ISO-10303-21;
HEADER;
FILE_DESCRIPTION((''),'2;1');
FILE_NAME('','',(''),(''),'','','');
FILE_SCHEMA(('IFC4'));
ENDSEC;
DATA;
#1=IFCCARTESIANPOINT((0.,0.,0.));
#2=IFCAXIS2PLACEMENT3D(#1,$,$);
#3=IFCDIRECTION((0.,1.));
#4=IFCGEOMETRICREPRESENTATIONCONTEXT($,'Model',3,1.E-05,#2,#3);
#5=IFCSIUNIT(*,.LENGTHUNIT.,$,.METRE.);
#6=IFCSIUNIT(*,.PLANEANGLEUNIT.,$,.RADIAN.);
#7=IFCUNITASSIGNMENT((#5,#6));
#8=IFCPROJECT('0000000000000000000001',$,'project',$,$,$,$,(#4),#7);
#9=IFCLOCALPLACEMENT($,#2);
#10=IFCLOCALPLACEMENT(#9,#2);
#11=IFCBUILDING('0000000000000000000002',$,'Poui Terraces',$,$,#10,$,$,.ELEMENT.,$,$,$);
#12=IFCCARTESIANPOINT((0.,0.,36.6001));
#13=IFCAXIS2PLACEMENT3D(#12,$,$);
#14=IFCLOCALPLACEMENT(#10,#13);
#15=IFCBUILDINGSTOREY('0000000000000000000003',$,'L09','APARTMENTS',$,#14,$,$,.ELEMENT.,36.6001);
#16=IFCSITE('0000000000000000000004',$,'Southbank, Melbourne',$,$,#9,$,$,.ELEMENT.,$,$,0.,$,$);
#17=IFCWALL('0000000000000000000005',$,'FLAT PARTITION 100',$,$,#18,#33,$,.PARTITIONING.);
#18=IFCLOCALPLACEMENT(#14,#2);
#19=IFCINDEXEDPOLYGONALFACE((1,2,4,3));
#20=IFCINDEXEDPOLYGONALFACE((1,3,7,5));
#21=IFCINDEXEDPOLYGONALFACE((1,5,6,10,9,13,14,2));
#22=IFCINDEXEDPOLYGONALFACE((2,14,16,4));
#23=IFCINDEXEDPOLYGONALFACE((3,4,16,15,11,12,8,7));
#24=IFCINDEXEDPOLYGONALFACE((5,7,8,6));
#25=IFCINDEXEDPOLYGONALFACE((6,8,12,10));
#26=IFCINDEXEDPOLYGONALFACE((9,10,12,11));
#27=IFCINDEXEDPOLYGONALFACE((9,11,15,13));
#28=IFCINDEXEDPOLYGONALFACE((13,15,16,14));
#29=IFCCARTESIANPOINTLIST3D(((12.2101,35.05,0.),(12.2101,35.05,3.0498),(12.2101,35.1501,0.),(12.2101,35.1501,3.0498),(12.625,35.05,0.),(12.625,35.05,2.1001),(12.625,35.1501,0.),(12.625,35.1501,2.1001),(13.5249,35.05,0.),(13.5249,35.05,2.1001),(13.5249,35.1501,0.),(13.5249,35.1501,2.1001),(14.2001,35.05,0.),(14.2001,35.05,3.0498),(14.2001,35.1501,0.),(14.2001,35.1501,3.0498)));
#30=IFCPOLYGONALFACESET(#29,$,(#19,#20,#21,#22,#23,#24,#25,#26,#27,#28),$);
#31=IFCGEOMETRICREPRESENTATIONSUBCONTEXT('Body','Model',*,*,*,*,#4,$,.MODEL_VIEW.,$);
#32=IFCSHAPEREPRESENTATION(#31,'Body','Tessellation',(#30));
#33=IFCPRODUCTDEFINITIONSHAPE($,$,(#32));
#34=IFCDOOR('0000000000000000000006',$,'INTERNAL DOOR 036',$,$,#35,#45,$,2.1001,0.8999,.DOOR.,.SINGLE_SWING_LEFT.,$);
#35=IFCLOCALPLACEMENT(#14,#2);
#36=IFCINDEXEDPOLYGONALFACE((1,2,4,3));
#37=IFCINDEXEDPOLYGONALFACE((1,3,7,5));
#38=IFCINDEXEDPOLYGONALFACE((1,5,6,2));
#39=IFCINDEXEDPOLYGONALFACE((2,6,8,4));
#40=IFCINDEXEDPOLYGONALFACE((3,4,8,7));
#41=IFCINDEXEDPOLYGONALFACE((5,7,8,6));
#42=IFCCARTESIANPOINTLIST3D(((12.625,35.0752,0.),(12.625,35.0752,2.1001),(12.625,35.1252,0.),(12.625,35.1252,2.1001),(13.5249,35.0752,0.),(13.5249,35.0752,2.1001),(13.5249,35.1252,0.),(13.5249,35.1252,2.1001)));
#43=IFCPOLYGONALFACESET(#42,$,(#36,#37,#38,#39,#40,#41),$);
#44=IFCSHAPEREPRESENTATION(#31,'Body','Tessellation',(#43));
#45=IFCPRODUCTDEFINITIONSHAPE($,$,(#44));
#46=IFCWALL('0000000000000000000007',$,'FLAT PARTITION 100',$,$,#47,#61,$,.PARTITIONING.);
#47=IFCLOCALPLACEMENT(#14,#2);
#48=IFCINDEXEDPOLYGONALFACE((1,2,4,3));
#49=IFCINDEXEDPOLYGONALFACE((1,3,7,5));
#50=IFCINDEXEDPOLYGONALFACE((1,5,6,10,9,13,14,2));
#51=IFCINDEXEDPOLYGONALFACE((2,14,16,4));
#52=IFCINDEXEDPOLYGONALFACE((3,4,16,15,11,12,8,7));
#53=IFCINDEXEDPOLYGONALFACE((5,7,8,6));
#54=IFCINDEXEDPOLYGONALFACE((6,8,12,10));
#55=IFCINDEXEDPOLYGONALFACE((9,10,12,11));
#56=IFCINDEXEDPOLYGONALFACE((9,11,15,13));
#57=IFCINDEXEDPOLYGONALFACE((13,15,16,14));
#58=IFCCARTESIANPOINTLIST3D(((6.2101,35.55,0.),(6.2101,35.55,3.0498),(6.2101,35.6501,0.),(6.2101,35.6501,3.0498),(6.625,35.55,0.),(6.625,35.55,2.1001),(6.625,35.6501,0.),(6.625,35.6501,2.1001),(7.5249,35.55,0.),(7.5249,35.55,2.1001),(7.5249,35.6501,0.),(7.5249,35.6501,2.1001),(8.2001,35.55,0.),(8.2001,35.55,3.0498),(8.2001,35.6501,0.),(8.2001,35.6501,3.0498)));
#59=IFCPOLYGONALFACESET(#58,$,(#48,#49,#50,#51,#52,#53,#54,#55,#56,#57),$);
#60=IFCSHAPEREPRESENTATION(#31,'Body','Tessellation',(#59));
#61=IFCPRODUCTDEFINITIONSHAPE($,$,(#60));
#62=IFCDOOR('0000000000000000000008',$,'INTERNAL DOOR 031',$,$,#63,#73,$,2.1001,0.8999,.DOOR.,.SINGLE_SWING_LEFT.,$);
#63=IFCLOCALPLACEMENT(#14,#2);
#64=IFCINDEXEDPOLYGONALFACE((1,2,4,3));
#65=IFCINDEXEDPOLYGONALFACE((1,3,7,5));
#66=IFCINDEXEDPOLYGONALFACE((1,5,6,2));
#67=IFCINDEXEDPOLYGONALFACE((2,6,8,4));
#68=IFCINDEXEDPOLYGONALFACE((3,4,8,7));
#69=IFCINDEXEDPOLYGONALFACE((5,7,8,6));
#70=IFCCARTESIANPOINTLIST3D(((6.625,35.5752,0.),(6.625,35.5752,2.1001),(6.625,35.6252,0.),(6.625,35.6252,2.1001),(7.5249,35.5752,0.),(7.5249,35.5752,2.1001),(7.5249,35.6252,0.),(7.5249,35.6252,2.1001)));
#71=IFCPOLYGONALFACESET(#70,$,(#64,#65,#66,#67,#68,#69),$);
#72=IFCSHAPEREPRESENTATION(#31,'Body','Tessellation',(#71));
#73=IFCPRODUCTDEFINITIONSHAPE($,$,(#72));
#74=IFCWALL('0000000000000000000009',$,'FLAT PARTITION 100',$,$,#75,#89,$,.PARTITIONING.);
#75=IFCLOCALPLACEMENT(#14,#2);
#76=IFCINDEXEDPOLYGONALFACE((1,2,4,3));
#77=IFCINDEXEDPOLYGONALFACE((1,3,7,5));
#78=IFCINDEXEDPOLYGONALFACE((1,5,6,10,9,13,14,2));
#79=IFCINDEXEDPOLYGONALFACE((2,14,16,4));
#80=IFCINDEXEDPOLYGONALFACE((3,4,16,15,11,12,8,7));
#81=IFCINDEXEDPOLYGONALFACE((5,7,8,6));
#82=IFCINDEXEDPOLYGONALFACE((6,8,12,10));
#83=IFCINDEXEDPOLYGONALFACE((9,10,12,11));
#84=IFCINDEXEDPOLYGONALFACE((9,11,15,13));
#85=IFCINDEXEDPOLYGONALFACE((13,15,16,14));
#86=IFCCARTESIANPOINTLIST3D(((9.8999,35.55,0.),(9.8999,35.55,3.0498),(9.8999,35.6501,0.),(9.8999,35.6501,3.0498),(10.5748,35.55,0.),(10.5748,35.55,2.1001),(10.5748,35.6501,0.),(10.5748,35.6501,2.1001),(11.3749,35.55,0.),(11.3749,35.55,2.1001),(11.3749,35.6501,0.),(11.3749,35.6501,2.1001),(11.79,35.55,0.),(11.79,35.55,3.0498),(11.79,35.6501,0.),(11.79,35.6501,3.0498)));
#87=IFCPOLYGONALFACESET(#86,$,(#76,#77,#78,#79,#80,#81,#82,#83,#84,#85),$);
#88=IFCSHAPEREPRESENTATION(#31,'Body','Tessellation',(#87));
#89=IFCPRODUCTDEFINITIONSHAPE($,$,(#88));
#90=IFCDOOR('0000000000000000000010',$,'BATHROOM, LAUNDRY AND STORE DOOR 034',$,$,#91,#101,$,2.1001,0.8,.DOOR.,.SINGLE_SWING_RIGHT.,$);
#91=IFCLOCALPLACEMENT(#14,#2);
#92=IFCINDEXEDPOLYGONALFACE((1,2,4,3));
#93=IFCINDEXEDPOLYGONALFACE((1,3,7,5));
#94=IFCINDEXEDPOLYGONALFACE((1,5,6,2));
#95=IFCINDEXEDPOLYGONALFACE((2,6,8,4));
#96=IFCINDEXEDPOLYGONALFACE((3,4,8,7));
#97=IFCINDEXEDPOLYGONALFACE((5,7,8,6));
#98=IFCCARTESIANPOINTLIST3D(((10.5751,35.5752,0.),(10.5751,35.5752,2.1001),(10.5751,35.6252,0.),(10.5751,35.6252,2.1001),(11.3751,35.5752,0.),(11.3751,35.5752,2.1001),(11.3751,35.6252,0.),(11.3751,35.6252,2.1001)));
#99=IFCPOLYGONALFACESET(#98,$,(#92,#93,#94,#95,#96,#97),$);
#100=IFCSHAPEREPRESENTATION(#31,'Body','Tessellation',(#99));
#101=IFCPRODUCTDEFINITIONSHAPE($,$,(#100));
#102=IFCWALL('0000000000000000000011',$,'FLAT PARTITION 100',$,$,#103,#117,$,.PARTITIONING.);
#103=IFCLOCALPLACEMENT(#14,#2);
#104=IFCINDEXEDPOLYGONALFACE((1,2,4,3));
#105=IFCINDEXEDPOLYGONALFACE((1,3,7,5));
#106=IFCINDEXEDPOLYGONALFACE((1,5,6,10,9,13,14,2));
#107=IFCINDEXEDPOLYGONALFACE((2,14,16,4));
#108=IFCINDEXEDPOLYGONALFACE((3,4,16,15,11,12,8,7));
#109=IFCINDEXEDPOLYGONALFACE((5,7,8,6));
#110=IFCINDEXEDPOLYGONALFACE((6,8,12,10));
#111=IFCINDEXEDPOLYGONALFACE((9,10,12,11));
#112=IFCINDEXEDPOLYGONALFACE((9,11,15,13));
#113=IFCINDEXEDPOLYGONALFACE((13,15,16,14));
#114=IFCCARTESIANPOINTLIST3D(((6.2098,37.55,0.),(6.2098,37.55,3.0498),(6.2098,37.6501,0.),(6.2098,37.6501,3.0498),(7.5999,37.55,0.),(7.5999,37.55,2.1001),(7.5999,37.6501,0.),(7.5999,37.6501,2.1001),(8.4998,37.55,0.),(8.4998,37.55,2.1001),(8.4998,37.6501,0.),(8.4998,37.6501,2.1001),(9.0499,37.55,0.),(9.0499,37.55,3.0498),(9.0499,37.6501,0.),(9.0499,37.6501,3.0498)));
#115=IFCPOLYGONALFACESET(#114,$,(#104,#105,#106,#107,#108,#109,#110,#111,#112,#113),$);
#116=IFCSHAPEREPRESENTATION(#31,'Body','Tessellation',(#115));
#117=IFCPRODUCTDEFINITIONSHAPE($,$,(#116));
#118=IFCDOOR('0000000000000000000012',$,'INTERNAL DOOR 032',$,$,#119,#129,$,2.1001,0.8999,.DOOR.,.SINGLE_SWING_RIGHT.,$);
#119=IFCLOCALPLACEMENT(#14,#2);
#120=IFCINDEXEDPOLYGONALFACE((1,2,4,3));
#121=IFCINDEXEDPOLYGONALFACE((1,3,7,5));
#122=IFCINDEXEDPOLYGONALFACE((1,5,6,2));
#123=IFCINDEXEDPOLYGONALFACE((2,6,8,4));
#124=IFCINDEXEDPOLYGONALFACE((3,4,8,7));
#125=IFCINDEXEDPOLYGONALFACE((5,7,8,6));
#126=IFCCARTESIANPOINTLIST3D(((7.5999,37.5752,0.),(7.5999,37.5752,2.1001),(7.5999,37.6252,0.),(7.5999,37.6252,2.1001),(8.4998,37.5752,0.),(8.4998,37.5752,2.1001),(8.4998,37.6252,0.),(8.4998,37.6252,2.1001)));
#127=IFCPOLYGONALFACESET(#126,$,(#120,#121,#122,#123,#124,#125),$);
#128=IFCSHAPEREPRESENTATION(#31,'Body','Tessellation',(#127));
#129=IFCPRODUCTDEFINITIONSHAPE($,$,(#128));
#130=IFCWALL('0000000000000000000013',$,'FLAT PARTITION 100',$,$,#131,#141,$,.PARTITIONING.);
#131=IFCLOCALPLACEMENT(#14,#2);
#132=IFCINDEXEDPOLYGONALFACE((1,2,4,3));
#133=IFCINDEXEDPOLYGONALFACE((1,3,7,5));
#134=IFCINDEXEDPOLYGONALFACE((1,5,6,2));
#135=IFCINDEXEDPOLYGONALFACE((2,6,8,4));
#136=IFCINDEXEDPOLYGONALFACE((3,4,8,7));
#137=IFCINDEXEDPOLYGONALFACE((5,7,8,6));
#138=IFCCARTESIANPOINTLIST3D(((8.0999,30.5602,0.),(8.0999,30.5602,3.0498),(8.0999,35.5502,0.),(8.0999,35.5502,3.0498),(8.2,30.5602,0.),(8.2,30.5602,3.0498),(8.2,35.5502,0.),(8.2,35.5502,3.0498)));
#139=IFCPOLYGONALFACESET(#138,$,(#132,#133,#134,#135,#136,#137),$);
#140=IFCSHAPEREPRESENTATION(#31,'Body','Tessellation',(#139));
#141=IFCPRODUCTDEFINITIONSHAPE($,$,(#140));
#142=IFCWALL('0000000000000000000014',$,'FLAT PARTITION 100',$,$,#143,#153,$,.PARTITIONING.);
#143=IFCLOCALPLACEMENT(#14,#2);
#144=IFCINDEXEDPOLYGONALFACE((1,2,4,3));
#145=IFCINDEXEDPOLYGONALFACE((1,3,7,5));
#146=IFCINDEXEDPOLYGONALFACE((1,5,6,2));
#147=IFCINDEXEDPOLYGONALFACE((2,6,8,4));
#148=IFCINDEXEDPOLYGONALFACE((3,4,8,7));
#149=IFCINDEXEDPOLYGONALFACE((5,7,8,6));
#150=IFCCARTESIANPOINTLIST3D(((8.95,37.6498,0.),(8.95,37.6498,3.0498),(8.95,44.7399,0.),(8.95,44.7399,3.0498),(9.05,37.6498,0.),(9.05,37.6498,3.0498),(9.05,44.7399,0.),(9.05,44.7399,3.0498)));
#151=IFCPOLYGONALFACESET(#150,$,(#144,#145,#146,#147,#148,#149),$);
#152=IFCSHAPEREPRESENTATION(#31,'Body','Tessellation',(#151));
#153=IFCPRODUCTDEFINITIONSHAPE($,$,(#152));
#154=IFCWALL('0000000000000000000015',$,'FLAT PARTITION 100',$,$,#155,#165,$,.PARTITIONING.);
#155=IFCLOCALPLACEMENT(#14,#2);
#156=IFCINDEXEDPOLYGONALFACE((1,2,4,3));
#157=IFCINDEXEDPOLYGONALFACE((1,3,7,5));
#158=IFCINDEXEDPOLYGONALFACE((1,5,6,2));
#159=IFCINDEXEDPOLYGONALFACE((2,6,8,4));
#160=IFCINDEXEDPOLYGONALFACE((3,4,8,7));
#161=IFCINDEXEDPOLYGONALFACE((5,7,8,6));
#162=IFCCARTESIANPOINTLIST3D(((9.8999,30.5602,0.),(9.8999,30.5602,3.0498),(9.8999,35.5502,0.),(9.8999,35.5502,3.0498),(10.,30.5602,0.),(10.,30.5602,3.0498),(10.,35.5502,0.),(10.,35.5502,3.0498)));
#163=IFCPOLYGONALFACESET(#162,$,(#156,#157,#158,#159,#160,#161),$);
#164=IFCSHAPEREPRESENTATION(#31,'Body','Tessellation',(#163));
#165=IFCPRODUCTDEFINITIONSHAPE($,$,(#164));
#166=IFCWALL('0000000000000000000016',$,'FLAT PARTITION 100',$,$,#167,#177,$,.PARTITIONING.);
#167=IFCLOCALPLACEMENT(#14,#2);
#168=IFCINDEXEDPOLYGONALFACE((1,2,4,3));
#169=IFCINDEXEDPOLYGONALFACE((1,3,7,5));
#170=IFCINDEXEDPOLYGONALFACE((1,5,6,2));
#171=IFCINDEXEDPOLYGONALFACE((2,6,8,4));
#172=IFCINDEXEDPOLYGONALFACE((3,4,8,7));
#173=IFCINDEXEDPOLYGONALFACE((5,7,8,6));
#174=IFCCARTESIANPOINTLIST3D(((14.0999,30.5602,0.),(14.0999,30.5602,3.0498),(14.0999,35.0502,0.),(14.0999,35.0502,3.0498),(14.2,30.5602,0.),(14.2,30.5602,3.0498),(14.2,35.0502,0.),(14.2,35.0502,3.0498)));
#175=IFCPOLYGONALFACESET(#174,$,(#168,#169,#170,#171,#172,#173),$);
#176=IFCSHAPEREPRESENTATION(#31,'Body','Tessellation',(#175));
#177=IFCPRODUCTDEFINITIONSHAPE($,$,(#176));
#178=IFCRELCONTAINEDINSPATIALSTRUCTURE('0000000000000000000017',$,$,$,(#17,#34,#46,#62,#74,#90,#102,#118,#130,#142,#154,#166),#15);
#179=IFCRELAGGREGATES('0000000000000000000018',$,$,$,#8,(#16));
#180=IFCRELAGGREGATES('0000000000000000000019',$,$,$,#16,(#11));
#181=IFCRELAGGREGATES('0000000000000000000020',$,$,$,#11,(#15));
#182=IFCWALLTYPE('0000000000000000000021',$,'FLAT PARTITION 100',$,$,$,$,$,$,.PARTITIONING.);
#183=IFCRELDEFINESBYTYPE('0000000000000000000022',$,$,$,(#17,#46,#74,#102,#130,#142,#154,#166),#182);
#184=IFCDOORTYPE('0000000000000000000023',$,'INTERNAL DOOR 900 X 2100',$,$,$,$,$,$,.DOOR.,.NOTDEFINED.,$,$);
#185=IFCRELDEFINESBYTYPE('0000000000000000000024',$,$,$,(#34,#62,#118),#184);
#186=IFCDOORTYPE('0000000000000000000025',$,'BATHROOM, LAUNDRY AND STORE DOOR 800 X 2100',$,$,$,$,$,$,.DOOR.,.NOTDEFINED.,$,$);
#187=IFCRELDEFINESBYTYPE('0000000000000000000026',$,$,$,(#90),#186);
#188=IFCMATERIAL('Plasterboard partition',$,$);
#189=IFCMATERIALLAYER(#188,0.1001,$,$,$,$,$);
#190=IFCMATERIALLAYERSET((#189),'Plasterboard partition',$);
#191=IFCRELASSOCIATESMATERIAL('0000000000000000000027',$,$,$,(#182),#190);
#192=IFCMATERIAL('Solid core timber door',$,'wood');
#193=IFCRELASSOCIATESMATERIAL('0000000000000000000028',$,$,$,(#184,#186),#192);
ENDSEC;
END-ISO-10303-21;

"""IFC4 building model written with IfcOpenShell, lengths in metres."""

from ifc_helpers import new_model, si_unit, direction, frame, frame_2d, origin, place, context, subcontext, project, spatial, rectangle, extrude, material, layer, layer_set, type_object, element, fill, save


model = new_model("IFC4")

# Units and contexts
model_context = context("Model", 3, precision=1e-05, world=origin(), true_north=direction((0.0, 1.0)))
body_context = subcontext(model_context, "Body", "Model", "MODEL_VIEW")
ifc_project = project(units=[si_unit("LENGTHUNIT", "METRE"), si_unit("PLANEANGLEUNIT", "RADIAN")], contexts=[model_context])

# Site, building, storey
site_placement = place(None, origin())
site = spatial("IfcSite", under=ifc_project, at=site_placement, Name="Southbank, Melbourne", CompositionType="ELEMENT", RefElevation=0.0)
building_placement = place(site_placement, origin())
building = spatial("IfcBuilding", under=site, at=building_placement, Name="Poui Terraces", CompositionType="ELEMENT")
storey_placement = place(building_placement, frame((0.0, 0.0, 36.6001)))
storey = spatial("IfcBuildingStorey", under=building, at=storey_placement, Name="L09", Description="APARTMENTS", CompositionType="ELEMENT", Elevation=36.6001)

# Walls, openings, doors
ifc_material_1 = material(Name="Plasterboard partition")
ifc_layer_1 = layer(ifc_material_1, 0.1001)
ifc_layer_set_1 = layer_set([ifc_layer_1], Name="Plasterboard partition")
wall_type_1 = type_object("IfcWallType", Name="FLAT PARTITION 100", PredefinedType="PARTITIONING", material=ifc_layer_set_1)
wall_1_placement = place(storey_placement, frame((12.21, 35.1001, 0.0), z_axis=(0.0, 0.0, 1.0), x_axis=(1.0, 0.0, 0.0)))
wall_1 = element("IfcWall", 1, at=wall_1_placement, inside=storey, type_object=wall_type_1, Name="FLAT PARTITION 100", PredefinedType="PARTITIONING", context=body_context, shape_type="SweptSolid", body=[
    extrude(rectangle(XDim=1.99, YDim=0.1001, at=frame_2d((0.9951, 0.0))), origin(), (0.0, 0.0, 1.0), 3.0498),
])
opening_1_placement = place(wall_1_placement, frame((0.415, 0.0, 0.0)))
opening_1 = element("IfcOpeningElement", 2, at=opening_1_placement, cuts=wall_1, PredefinedType="OPENING", context=body_context, shape_type="SweptSolid", body=[
    extrude(rectangle(XDim=0.8999, YDim=2.1001, at=frame_2d((0.45, 1.05))), frame((0.0, 0.0601, 0.0), z_axis=(0.0, -1.0, 0.0), x_axis=(1.0, 0.0, 0.0)), (0.0, 0.0, 1.0), 0.1201),
])
ifc_material_2 = material(Name="Solid core timber door", Category="wood")
door_type_1 = type_object("IfcDoorType", Name="INTERNAL DOOR 900 X 2100", OperationType="NOTDEFINED", PredefinedType="DOOR", material=ifc_material_2)
door_1_placement = place(opening_1_placement, frame((0.8999, 0.0, 0.0), z_axis=(0.0, 0.0, 1.0), x_axis=(-1.0, 0.0, 0.0)))
door_1 = element("IfcDoor", 3, at=door_1_placement, inside=storey, type_object=door_type_1, Name="INTERNAL DOOR 036", OperationType="SINGLE_SWING_LEFT", OverallHeight=2.1001, OverallWidth=0.8999, PredefinedType="DOOR", context=body_context, shape_type="SweptSolid", body=[
    extrude(rectangle(XDim=0.8999, YDim=2.1001, at=frame_2d((0.45, 1.05))), frame((0.0, 0.0249, 0.0), z_axis=(0.0, -1.0, 0.0), x_axis=(1.0, 0.0, 0.0)), (0.0, 0.0, 1.0), 0.05),
])
fill(opening_1, door_1)
wall_2_placement = place(storey_placement, frame((6.21, 35.6001, 0.0), z_axis=(0.0, 0.0, 1.0), x_axis=(1.0, 0.0, 0.0)))
wall_2 = element("IfcWall", 4, at=wall_2_placement, inside=storey, type_object=wall_type_1, Name="FLAT PARTITION 100", PredefinedType="PARTITIONING", context=body_context, shape_type="SweptSolid", body=[
    extrude(rectangle(XDim=1.99, YDim=0.1001, at=frame_2d((0.9951, 0.0))), origin(), (0.0, 0.0, 1.0), 3.0498),
])
opening_2_placement = place(wall_2_placement, frame((0.415, 0.0, 0.0)))
opening_2 = element("IfcOpeningElement", 5, at=opening_2_placement, cuts=wall_2, PredefinedType="OPENING", context=body_context, shape_type="SweptSolid", body=[
    extrude(rectangle(XDim=0.8999, YDim=2.1001, at=frame_2d((0.45, 1.05))), frame((0.0, 0.0601, 0.0), z_axis=(0.0, -1.0, 0.0), x_axis=(1.0, 0.0, 0.0)), (0.0, 0.0, 1.0), 0.1201),
])
door_2_placement = place(opening_2_placement, frame((0.8999, 0.0, 0.0), z_axis=(0.0, 0.0, 1.0), x_axis=(-1.0, 0.0, 0.0)))
door_2 = element("IfcDoor", 6, at=door_2_placement, inside=storey, type_object=door_type_1, Name="INTERNAL DOOR 031", OperationType="SINGLE_SWING_LEFT", OverallHeight=2.1001, OverallWidth=0.8999, PredefinedType="DOOR", context=body_context, shape_type="SweptSolid", body=[
    extrude(rectangle(XDim=0.8999, YDim=2.1001, at=frame_2d((0.45, 1.05))), frame((0.0, 0.0249, 0.0), z_axis=(0.0, -1.0, 0.0), x_axis=(1.0, 0.0, 0.0)), (0.0, 0.0, 1.0), 0.05),
])
fill(opening_2, door_2)
wall_3_placement = place(storey_placement, frame((9.8999, 35.6001, 0.0), z_axis=(0.0, 0.0, 1.0), x_axis=(1.0, 0.0, 0.0)))
wall_3 = element("IfcWall", 7, at=wall_3_placement, inside=storey, type_object=wall_type_1, Name="FLAT PARTITION 100", PredefinedType="PARTITIONING", context=body_context, shape_type="SweptSolid", body=[
    extrude(rectangle(XDim=1.8901, YDim=0.1001, at=frame_2d((0.9451, 0.0))), origin(), (0.0, 0.0, 1.0), 3.0498),
])
opening_3_placement = place(wall_3_placement, frame((0.675, 0.0, 0.0)))
opening_3 = element("IfcOpeningElement", 8, at=opening_3_placement, cuts=wall_3, PredefinedType="OPENING", context=body_context, shape_type="SweptSolid", body=[
    extrude(rectangle(XDim=0.8, YDim=2.1001, at=frame_2d((0.3999, 1.05))), frame((0.0, 0.0601, 0.0), z_axis=(0.0, -1.0, 0.0), x_axis=(1.0, 0.0, 0.0)), (0.0, 0.0, 1.0), 0.1201),
])
door_type_2 = type_object("IfcDoorType", Name="BATHROOM, LAUNDRY AND STORE DOOR 800 X 2100", OperationType="NOTDEFINED", PredefinedType="DOOR", material=ifc_material_2)
door_3_placement = place(opening_3_placement, frame((0.8, 0.0, 0.0), z_axis=(0.0, 0.0, 1.0), x_axis=(-1.0, 0.0, 0.0)))
door_3 = element("IfcDoor", 9, at=door_3_placement, inside=storey, type_object=door_type_2, Name="BATHROOM, LAUNDRY AND STORE DOOR 034", OperationType="SINGLE_SWING_RIGHT", OverallHeight=2.1001, OverallWidth=0.8, PredefinedType="DOOR", context=body_context, shape_type="SweptSolid", body=[
    extrude(rectangle(XDim=0.8, YDim=2.1001, at=frame_2d((0.3999, 1.05))), frame((0.0, 0.0249, 0.0), z_axis=(0.0, -1.0, 0.0), x_axis=(1.0, 0.0, 0.0)), (0.0, 0.0, 1.0), 0.05),
])
fill(opening_3, door_3)
wall_4_placement = place(storey_placement, frame((6.21, 37.6001, 0.0), z_axis=(0.0, 0.0, 1.0), x_axis=(1.0, 0.0, 0.0)))
wall_4 = element("IfcWall", 10, at=wall_4_placement, inside=storey, type_object=wall_type_1, Name="FLAT PARTITION 100", PredefinedType="PARTITIONING", context=body_context, shape_type="SweptSolid", body=[
    extrude(rectangle(XDim=2.8401, YDim=0.1001, at=frame_2d((1.4199, 0.0))), origin(), (0.0, 0.0, 1.0), 3.0498),
])
opening_4_placement = place(wall_4_placement, frame((1.3899, 0.0, 0.0)))
opening_4 = element("IfcOpeningElement", 11, at=opening_4_placement, cuts=wall_4, PredefinedType="OPENING", context=body_context, shape_type="SweptSolid", body=[
    extrude(rectangle(XDim=0.8999, YDim=2.1001, at=frame_2d((0.45, 1.05))), frame((0.0, 0.0601, 0.0), z_axis=(0.0, -1.0, 0.0), x_axis=(1.0, 0.0, 0.0)), (0.0, 0.0, 1.0), 0.1201),
])
door_4_placement = place(opening_4_placement, frame((0.8999, 0.0, 0.0), z_axis=(0.0, 0.0, 1.0), x_axis=(-1.0, 0.0, 0.0)))
door_4 = element("IfcDoor", 12, at=door_4_placement, inside=storey, type_object=door_type_1, Name="INTERNAL DOOR 032", OperationType="SINGLE_SWING_RIGHT", OverallHeight=2.1001, OverallWidth=0.8999, PredefinedType="DOOR", context=body_context, shape_type="SweptSolid", body=[
    extrude(rectangle(XDim=0.8999, YDim=2.1001, at=frame_2d((0.45, 1.05))), frame((0.0, 0.0249, 0.0), z_axis=(0.0, -1.0, 0.0), x_axis=(1.0, 0.0, 0.0)), (0.0, 0.0, 1.0), 0.05),
])
fill(opening_4, door_4)

# Walls
wall_5_placement = place(storey_placement, frame((8.1499, 30.5601, 0.0), z_axis=(0.0, 0.0, 1.0), x_axis=(0.0, 1.0, 0.0)))
element("IfcWall", 13, at=wall_5_placement, inside=storey, type_object=wall_type_1, Name="FLAT PARTITION 100", PredefinedType="PARTITIONING", context=body_context, shape_type="SweptSolid", body=[
    extrude(rectangle(XDim=4.99, YDim=0.1001, at=frame_2d((2.4951, 0.0))), origin(), (0.0, 0.0, 1.0), 3.0498),
])
wall_6_placement = place(storey_placement, frame((9.0, 37.6499, 0.0), z_axis=(0.0, 0.0, 1.0), x_axis=(0.0, 1.0, 0.0)))
element("IfcWall", 14, at=wall_6_placement, inside=storey, type_object=wall_type_1, Name="FLAT PARTITION 100", PredefinedType="PARTITIONING", context=body_context, shape_type="SweptSolid", body=[
    extrude(rectangle(XDim=7.0901, YDim=0.1001, at=frame_2d((3.5449, 0.0))), origin(), (0.0, 0.0, 1.0), 3.0498),
])
wall_7_placement = place(storey_placement, frame((9.95, 30.5601, 0.0), z_axis=(0.0, 0.0, 1.0), x_axis=(0.0, 1.0, 0.0)))
element("IfcWall", 15, at=wall_7_placement, inside=storey, type_object=wall_type_1, Name="FLAT PARTITION 100", PredefinedType="PARTITIONING", context=body_context, shape_type="SweptSolid", body=[
    extrude(rectangle(XDim=4.99, YDim=0.1001, at=frame_2d((2.4951, 0.0))), origin(), (0.0, 0.0, 1.0), 3.0498),
])
wall_8_placement = place(storey_placement, frame((14.1499, 30.5601, 0.0), z_axis=(0.0, 0.0, 1.0), x_axis=(0.0, 1.0, 0.0)))
element("IfcWall", 16, at=wall_8_placement, inside=storey, type_object=wall_type_1, Name="FLAT PARTITION 100", PredefinedType="PARTITIONING", context=body_context, shape_type="SweptSolid", body=[
    extrude(rectangle(XDim=4.49, YDim=0.1001, at=frame_2d((2.2451, 0.0))), origin(), (0.0, 0.0, 1.0), 3.0498),
])

save(model, "model.ifc")
